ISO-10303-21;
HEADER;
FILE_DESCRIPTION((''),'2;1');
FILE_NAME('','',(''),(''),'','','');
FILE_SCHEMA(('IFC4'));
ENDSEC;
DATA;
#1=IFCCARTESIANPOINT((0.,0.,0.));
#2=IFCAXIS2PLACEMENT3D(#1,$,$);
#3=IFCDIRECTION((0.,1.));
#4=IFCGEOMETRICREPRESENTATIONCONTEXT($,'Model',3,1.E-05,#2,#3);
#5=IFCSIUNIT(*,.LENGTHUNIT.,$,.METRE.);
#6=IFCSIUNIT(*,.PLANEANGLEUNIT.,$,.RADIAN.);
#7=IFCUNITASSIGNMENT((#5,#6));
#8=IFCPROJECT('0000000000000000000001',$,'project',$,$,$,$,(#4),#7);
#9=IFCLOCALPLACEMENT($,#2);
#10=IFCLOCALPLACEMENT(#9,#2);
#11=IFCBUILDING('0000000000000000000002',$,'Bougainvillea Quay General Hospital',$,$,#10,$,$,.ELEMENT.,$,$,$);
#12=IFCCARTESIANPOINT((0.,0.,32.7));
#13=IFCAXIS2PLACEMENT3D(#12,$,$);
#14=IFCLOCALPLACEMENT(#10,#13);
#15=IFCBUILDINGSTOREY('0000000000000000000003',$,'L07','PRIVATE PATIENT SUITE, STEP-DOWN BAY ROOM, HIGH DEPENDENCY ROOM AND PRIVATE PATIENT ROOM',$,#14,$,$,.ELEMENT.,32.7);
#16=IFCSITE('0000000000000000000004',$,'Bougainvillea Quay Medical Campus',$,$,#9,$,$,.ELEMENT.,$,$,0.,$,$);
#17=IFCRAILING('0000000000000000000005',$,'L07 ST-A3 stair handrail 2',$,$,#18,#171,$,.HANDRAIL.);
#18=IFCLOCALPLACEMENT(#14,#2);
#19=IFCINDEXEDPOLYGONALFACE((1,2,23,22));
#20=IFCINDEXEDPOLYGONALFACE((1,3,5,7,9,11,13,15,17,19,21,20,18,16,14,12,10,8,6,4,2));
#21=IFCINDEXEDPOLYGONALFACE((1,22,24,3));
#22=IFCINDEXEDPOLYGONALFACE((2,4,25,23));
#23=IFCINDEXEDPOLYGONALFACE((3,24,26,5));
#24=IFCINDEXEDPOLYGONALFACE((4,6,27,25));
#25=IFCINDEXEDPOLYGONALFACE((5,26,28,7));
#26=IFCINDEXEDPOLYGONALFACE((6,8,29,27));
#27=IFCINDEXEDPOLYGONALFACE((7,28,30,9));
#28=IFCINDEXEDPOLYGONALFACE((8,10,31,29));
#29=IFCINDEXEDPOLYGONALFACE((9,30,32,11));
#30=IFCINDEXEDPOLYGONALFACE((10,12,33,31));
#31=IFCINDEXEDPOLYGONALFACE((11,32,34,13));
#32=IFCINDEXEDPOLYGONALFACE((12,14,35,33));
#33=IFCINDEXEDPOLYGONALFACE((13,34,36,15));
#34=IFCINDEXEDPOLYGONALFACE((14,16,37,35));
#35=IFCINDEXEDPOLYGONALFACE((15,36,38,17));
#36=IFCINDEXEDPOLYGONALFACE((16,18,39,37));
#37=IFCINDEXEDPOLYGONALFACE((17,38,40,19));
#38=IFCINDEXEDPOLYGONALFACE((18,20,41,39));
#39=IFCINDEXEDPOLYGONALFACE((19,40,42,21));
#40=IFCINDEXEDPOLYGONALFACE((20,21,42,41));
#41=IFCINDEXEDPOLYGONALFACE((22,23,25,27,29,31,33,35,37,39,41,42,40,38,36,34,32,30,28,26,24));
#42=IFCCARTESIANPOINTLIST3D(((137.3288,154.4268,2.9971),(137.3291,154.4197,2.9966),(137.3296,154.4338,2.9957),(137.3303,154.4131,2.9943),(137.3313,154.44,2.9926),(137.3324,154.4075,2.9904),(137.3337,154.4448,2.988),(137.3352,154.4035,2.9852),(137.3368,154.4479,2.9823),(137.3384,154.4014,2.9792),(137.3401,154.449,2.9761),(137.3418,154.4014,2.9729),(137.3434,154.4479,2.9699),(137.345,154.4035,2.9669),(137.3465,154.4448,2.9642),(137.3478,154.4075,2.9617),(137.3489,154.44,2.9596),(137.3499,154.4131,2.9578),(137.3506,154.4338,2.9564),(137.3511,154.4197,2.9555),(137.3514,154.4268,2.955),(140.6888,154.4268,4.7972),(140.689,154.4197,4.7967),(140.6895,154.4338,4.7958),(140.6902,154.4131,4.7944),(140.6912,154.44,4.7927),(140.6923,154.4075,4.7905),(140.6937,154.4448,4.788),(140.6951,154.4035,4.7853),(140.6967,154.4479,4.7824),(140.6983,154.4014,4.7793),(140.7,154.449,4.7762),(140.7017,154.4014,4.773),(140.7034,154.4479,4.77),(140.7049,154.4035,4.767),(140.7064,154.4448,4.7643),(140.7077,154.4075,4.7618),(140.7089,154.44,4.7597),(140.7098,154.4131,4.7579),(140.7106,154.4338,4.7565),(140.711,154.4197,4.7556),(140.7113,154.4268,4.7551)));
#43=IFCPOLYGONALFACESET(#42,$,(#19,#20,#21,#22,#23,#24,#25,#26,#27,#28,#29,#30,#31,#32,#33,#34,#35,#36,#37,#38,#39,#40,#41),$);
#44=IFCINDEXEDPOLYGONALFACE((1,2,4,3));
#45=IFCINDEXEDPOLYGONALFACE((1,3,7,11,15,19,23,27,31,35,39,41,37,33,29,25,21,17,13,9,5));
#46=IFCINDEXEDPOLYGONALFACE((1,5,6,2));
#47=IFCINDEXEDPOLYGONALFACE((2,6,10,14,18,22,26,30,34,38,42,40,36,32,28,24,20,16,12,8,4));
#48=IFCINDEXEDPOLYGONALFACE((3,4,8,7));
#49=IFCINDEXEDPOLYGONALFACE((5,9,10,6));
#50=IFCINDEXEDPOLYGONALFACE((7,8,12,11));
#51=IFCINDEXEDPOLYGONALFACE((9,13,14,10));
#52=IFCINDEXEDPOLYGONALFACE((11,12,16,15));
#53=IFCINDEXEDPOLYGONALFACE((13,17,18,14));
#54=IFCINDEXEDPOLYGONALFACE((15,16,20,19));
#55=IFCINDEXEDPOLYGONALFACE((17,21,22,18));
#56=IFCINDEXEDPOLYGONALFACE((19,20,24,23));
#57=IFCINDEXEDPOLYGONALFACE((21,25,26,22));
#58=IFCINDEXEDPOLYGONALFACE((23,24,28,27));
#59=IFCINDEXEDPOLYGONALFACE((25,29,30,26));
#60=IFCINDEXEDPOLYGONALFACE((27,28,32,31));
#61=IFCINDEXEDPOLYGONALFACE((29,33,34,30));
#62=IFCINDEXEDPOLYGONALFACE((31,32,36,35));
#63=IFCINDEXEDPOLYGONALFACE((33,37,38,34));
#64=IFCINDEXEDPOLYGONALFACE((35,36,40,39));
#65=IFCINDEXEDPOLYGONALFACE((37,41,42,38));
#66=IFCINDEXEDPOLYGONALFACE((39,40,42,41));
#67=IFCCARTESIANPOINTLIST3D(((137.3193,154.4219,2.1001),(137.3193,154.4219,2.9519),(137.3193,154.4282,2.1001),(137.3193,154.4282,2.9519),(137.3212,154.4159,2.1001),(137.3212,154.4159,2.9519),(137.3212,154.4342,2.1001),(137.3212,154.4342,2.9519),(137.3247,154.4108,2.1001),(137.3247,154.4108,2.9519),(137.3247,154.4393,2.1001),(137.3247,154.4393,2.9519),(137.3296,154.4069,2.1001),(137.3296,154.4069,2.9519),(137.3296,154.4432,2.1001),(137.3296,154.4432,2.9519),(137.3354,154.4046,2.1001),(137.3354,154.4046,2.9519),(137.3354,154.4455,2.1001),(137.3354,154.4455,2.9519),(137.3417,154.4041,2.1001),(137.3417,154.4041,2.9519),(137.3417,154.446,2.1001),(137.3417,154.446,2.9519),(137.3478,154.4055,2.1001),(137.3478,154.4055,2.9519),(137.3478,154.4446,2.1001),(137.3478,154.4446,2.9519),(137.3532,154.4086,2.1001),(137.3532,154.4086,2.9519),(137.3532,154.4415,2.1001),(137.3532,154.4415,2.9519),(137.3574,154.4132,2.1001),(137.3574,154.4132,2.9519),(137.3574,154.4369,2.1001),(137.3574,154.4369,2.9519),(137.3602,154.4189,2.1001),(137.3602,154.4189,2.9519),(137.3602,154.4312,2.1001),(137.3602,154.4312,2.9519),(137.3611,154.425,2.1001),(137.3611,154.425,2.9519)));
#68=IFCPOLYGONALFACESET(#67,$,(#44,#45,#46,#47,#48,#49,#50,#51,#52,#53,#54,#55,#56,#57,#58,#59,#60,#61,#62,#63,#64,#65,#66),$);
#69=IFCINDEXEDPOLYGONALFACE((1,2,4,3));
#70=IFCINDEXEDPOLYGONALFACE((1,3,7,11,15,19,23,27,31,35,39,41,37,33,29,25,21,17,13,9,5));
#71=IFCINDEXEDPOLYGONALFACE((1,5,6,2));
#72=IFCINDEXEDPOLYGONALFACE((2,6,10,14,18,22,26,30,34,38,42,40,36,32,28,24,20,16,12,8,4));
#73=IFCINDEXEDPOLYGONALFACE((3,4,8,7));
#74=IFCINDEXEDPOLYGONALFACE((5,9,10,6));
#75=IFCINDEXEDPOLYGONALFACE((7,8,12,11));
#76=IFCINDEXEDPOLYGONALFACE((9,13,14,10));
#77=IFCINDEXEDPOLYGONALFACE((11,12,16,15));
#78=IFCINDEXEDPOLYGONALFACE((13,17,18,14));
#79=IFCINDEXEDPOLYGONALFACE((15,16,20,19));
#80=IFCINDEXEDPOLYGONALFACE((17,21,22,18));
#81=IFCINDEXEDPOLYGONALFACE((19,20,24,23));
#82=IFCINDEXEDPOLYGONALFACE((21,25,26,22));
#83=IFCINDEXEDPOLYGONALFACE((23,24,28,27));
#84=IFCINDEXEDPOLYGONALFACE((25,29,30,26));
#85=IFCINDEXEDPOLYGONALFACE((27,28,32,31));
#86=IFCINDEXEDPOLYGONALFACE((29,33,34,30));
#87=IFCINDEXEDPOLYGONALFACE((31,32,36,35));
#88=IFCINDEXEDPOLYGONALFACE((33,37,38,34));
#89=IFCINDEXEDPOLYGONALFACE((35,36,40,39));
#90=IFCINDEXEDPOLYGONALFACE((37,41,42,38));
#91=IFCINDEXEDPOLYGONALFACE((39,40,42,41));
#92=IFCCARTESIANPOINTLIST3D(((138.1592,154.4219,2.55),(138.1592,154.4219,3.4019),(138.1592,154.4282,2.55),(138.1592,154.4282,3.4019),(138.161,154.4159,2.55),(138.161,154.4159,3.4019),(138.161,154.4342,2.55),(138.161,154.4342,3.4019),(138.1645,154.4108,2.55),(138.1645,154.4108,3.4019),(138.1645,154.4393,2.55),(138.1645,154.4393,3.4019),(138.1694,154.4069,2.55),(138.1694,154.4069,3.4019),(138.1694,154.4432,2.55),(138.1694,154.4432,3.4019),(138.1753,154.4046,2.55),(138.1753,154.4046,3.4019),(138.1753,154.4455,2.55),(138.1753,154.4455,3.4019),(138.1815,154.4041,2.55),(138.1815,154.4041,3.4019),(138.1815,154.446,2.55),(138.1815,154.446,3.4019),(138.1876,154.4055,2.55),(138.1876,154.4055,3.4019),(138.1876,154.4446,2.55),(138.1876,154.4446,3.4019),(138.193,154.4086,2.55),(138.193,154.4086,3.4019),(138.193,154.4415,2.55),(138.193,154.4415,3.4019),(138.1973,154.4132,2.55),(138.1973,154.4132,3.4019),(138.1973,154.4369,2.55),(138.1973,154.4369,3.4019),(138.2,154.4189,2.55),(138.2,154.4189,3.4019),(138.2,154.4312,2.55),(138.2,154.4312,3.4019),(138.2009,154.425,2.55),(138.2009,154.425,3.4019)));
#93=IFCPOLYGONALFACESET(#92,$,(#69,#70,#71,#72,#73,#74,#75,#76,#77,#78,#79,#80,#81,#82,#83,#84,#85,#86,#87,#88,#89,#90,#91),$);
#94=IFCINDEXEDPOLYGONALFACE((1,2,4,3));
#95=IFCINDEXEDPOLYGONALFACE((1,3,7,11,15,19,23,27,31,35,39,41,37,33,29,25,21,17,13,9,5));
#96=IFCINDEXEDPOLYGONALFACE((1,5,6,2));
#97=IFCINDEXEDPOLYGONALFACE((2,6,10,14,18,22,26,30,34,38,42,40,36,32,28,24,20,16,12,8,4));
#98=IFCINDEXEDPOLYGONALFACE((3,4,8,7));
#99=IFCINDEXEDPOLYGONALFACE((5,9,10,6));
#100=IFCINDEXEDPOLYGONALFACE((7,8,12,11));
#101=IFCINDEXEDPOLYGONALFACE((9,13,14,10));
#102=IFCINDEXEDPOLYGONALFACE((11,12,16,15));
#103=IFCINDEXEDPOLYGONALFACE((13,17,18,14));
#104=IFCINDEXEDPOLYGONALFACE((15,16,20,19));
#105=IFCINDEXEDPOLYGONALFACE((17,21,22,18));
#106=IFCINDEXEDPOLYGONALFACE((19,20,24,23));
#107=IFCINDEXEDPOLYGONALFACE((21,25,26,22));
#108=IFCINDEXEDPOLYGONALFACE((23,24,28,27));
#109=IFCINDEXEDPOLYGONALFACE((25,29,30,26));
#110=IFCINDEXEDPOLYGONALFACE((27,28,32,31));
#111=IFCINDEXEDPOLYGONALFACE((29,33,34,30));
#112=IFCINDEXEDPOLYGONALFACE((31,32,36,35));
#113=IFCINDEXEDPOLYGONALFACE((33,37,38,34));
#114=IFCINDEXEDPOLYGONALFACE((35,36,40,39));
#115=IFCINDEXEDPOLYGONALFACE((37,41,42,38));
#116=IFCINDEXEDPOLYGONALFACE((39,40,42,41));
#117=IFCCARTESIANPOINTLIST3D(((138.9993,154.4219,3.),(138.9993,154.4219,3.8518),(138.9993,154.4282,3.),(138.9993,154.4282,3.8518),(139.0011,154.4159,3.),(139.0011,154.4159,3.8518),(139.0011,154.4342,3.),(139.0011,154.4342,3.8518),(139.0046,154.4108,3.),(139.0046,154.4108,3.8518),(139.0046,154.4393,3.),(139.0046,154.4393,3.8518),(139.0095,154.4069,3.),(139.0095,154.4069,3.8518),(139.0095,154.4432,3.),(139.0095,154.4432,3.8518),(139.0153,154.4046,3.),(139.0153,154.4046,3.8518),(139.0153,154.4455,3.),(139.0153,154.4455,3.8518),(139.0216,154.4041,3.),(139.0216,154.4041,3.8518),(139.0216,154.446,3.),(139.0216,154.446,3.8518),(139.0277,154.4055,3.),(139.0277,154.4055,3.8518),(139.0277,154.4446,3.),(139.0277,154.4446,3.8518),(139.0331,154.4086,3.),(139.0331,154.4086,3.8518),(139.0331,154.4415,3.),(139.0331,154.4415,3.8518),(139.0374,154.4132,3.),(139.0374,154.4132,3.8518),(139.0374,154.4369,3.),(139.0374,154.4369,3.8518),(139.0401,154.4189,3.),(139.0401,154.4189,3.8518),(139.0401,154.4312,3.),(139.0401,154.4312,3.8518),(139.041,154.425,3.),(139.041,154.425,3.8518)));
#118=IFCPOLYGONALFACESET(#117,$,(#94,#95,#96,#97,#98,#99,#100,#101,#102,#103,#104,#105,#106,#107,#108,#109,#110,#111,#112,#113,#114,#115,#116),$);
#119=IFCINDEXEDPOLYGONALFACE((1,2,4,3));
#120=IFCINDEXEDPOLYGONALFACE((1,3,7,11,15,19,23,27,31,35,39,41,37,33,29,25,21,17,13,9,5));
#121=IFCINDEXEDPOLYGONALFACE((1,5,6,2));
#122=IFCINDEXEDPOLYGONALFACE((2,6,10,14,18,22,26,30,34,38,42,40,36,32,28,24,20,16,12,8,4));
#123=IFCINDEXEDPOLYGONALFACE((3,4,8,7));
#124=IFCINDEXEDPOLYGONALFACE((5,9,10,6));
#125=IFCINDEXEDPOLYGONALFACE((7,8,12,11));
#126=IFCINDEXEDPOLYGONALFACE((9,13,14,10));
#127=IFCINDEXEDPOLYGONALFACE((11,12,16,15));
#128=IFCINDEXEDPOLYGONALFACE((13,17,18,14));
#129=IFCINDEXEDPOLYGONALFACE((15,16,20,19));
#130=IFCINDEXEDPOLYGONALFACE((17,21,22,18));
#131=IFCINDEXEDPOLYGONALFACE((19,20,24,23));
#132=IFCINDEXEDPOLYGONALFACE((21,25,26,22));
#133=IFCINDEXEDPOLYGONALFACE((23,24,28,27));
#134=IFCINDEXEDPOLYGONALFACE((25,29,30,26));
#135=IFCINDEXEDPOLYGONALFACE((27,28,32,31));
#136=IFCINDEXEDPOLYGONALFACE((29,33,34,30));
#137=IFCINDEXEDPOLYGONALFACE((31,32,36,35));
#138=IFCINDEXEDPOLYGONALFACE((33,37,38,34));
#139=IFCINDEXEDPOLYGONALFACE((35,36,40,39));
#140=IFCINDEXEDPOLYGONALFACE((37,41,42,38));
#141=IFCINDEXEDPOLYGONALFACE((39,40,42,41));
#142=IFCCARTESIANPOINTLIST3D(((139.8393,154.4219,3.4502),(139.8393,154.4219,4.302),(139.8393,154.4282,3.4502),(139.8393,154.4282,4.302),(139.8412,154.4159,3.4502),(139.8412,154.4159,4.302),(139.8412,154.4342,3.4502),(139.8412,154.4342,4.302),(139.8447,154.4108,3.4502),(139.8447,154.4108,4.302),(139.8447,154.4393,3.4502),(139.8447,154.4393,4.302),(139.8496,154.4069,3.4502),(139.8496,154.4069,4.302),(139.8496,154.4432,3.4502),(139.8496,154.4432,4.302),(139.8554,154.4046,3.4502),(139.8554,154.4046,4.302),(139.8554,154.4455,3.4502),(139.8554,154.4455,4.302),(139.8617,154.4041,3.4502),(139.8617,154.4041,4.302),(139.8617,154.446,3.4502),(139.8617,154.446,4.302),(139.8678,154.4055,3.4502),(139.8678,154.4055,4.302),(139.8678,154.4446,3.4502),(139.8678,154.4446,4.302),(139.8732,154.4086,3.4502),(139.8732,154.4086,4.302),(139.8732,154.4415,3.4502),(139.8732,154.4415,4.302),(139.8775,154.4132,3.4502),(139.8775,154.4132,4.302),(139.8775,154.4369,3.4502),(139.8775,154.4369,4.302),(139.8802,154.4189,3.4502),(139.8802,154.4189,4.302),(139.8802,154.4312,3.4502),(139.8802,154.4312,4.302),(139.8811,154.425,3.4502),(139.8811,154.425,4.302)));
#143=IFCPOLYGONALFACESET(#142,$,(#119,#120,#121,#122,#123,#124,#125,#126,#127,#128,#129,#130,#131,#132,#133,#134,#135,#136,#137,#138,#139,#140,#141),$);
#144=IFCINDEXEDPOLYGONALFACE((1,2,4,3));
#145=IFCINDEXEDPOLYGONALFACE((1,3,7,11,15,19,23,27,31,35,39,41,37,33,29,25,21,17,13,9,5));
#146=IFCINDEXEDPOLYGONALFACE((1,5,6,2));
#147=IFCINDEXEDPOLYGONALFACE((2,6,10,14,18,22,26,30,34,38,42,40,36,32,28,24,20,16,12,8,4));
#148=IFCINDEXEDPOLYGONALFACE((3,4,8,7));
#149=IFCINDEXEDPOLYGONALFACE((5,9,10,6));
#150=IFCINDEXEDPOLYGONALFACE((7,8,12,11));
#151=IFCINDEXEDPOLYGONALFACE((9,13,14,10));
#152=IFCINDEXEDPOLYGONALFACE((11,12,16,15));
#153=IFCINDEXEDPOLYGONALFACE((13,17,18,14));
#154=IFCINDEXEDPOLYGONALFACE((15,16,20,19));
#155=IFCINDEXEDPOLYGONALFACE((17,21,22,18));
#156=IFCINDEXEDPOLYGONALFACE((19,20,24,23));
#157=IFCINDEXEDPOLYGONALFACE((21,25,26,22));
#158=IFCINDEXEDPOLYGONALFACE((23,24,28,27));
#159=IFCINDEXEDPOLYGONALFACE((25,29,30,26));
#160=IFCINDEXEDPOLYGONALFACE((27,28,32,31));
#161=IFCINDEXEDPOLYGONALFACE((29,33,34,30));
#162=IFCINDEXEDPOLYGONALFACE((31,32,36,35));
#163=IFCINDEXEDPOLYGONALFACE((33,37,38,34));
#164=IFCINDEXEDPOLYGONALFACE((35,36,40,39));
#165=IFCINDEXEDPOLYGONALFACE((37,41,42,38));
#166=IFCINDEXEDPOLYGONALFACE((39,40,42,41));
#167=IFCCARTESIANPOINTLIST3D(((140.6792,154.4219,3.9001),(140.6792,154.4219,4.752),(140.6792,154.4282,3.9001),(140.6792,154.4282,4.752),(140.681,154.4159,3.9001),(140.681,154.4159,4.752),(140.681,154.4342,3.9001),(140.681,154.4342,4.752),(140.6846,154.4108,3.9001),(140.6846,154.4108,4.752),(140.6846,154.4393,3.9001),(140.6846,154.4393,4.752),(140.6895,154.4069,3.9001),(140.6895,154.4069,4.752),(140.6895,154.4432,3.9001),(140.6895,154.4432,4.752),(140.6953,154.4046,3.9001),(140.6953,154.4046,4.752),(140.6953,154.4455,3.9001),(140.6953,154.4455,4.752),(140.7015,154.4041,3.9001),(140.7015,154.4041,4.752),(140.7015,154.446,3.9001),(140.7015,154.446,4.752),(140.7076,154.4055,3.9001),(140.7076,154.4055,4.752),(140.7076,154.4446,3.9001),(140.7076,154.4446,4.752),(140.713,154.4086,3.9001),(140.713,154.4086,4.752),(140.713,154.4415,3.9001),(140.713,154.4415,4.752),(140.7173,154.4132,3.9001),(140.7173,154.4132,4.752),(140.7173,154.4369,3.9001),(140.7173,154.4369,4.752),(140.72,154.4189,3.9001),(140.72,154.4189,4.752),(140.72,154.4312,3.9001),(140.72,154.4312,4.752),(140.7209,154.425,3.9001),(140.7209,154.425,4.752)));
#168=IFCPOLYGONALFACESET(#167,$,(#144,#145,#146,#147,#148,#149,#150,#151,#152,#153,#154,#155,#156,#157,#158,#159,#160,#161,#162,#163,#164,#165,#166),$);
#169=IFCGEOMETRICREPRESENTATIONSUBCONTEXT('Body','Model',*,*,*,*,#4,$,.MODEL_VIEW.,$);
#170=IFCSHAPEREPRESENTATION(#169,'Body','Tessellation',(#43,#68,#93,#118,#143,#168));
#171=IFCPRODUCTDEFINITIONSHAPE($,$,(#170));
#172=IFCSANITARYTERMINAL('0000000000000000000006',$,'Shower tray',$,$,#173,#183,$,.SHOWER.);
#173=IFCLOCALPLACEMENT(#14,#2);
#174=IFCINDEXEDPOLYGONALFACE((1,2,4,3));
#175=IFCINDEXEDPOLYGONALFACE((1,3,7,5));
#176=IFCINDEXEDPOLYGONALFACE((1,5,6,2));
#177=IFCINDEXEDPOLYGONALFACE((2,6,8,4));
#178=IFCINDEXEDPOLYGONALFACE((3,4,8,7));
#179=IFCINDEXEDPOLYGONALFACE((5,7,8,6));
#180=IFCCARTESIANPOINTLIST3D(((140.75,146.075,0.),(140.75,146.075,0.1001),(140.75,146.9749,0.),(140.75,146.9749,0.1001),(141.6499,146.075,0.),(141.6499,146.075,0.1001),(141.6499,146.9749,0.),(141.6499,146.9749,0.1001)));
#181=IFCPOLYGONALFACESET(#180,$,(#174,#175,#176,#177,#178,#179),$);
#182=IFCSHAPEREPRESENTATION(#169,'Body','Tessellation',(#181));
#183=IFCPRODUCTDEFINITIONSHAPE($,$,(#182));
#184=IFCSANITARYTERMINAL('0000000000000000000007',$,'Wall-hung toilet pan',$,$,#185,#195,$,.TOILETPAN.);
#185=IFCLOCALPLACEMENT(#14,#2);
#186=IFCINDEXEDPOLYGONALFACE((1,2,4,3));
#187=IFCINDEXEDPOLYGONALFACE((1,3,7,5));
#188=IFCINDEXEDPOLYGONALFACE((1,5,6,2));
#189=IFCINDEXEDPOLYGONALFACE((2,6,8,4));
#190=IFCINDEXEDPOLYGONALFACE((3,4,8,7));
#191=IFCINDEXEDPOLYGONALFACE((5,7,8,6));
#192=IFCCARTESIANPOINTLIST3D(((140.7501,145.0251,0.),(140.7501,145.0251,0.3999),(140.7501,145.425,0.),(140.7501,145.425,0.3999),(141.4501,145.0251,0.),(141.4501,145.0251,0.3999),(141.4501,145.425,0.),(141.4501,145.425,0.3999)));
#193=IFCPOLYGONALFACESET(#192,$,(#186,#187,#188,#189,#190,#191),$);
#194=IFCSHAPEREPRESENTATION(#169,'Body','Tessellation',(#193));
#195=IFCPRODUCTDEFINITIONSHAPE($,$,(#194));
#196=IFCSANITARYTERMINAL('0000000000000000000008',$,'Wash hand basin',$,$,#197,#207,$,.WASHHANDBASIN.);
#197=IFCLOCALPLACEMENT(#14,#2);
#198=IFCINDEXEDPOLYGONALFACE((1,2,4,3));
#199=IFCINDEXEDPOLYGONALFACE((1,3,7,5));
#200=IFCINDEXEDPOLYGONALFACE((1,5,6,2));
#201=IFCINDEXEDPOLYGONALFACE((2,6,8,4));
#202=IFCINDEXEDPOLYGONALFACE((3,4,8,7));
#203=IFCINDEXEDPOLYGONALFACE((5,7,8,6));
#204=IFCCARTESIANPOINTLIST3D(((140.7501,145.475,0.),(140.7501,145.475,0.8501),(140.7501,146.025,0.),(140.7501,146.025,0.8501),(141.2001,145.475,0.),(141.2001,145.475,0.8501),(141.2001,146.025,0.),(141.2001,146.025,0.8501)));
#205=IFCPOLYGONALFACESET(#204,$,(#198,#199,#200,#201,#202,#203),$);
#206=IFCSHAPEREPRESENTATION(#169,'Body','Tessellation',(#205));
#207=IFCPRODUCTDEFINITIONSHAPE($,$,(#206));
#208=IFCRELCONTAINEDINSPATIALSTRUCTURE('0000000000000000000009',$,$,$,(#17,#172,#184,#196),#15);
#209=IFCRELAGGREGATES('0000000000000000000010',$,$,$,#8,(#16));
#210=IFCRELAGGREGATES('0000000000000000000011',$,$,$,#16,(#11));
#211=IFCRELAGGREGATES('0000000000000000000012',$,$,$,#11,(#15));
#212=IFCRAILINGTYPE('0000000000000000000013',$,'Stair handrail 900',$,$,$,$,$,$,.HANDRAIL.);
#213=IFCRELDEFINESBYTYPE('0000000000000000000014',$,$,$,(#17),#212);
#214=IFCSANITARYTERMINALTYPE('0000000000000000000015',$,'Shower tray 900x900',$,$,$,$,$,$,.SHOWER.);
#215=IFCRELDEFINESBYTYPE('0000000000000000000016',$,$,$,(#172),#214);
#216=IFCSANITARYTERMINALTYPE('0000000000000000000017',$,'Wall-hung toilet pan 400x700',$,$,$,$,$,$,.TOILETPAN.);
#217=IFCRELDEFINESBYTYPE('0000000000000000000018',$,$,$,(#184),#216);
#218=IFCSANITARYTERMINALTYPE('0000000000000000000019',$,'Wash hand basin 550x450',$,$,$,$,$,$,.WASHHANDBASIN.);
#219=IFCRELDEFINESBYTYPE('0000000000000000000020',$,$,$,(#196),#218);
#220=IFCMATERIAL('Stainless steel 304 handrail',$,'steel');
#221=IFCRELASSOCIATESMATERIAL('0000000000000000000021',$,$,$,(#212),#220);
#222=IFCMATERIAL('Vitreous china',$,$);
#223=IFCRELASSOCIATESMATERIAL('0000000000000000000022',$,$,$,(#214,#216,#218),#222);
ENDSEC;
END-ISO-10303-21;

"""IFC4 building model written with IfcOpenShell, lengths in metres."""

from ifc_helpers import new_model, si_unit, direction, frame, origin, origin_2d, place, context, subcontext, project, spatial, rectangle, circle, extrude, material, type_object, element, save


model = new_model("IFC4")

# Units and contexts
model_context = context("Model", 3, precision=1e-05, world=origin(), true_north=direction((0.0, 1.0)))
body_context = subcontext(model_context, "Body", "Model", "MODEL_VIEW")
ifc_project = project(units=[si_unit("LENGTHUNIT", "METRE"), si_unit("PLANEANGLEUNIT", "RADIAN")], contexts=[model_context])

# Site, building, storey
site_placement = place(None, origin())
site = spatial("IfcSite", under=ifc_project, at=site_placement, Name="Bougainvillea Quay Medical Campus", CompositionType="ELEMENT", RefElevation=0.0)
building_placement = place(site_placement, origin())
building = spatial("IfcBuilding", under=site, at=building_placement, Name="Bougainvillea Quay General Hospital", CompositionType="ELEMENT")
storey_placement = place(building_placement, frame((0.0, 0.0, 32.7)))
storey = spatial("IfcBuildingStorey", under=building, at=storey_placement, Name="L07", Description="PRIVATE PATIENT SUITE, STEP-DOWN BAY ROOM, HIGH DEPENDENCY ROOM AND PRIVATE PATIENT ROOM", CompositionType="ELEMENT", Elevation=32.7)

# Railing
ifc_material_1 = material(Name="Stainless steel 304 handrail", Category="steel")
railing_type_1 = type_object("IfcRailingType", Name="Stair handrail 900", PredefinedType="HANDRAIL", material=ifc_material_1)
railing_1_placement = place(storey_placement, frame((137.3401, 154.425, 2.1001)))
element("IfcRailing", 1, at=railing_1_placement, inside=storey, type_object=railing_type_1, Name="L07 ST-A3 stair handrail 2", PredefinedType="HANDRAIL", context=body_context, shape_type="SweptSolid", body=[
    extrude(circle(Radius=0.0239, at=origin_2d()), frame((0.0, 0.0, 0.876), z_axis=(0.881467, 0.0, 0.472246), x_axis=(0.0, 1.0, 0.0)), (0.0, 0.0, 1.0), 3.8118),
    extrude(circle(Radius=0.021, at=origin_2d()), origin(), (0.0, 0.0, 1.0), 0.8518),
    extrude(circle(Radius=0.021, at=origin_2d()), frame((0.8398, 0.0, 0.45)), (0.0, 0.0, 1.0), 0.8518),
    extrude(circle(Radius=0.021, at=origin_2d()), frame((1.6799, 0.0, 0.8999)), (0.0, 0.0, 1.0), 0.8518),
    extrude(circle(Radius=0.021, at=origin_2d()), frame((2.52, 0.0, 1.3501)), (0.0, 0.0, 1.0), 0.8518),
    extrude(circle(Radius=0.021, at=origin_2d()), frame((3.3599, 0.0, 1.8)), (0.0, 0.0, 1.0), 0.8518),
])

# Sanitary terminals
ifc_material_2 = material(Name="Vitreous china")
sanitary_terminal_type_1 = type_object("IfcSanitaryTerminalType", Name="Shower tray 900x900", PredefinedType="SHOWER", material=ifc_material_2)
sanitary_terminal_1_placement = place(storey_placement, frame((141.2, 146.5249, 0.0), z_axis=(0.0, 0.0, 1.0), x_axis=(0.0, 1.0, 0.0)))
element("IfcSanitaryTerminal", 2, at=sanitary_terminal_1_placement, inside=storey, type_object=sanitary_terminal_type_1, Name="Shower tray", PredefinedType="SHOWER", context=body_context, shape_type="SweptSolid", body=[
    extrude(rectangle(XDim=0.8999, YDim=0.8999, at=origin_2d()), origin(), (0.0, 0.0, 1.0), 0.1001),
])
sanitary_terminal_type_2 = type_object("IfcSanitaryTerminalType", Name="Wall-hung toilet pan 400x700", PredefinedType="TOILETPAN", material=ifc_material_2)
sanitary_terminal_2_placement = place(storey_placement, frame((141.1001, 145.2251, 0.0), z_axis=(0.0, 0.0, 1.0), x_axis=(0.0, 1.0, 0.0)))
element("IfcSanitaryTerminal", 3, at=sanitary_terminal_2_placement, inside=storey, type_object=sanitary_terminal_type_2, Name="Wall-hung toilet pan", PredefinedType="TOILETPAN", context=body_context, shape_type="SweptSolid", body=[
    extrude(rectangle(XDim=0.3999, YDim=0.7, at=origin_2d()), origin(), (0.0, 0.0, 1.0), 0.3999),
])
sanitary_terminal_type_3 = type_object("IfcSanitaryTerminalType", Name="Wash hand basin 550x450", PredefinedType="WASHHANDBASIN", material=ifc_material_2)
sanitary_terminal_3_placement = place(storey_placement, frame((140.9751, 145.75, 0.0), z_axis=(0.0, 0.0, 1.0), x_axis=(0.0, 1.0, 0.0)))
element("IfcSanitaryTerminal", 4, at=sanitary_terminal_3_placement, inside=storey, type_object=sanitary_terminal_type_3, Name="Wash hand basin", PredefinedType="WASHHANDBASIN", context=body_context, shape_type="SweptSolid", body=[
    extrude(rectangle(XDim=0.55, YDim=0.45, at=origin_2d()), origin(), (0.0, 0.0, 1.0), 0.8501),
])

save(model, "model.ifc")
